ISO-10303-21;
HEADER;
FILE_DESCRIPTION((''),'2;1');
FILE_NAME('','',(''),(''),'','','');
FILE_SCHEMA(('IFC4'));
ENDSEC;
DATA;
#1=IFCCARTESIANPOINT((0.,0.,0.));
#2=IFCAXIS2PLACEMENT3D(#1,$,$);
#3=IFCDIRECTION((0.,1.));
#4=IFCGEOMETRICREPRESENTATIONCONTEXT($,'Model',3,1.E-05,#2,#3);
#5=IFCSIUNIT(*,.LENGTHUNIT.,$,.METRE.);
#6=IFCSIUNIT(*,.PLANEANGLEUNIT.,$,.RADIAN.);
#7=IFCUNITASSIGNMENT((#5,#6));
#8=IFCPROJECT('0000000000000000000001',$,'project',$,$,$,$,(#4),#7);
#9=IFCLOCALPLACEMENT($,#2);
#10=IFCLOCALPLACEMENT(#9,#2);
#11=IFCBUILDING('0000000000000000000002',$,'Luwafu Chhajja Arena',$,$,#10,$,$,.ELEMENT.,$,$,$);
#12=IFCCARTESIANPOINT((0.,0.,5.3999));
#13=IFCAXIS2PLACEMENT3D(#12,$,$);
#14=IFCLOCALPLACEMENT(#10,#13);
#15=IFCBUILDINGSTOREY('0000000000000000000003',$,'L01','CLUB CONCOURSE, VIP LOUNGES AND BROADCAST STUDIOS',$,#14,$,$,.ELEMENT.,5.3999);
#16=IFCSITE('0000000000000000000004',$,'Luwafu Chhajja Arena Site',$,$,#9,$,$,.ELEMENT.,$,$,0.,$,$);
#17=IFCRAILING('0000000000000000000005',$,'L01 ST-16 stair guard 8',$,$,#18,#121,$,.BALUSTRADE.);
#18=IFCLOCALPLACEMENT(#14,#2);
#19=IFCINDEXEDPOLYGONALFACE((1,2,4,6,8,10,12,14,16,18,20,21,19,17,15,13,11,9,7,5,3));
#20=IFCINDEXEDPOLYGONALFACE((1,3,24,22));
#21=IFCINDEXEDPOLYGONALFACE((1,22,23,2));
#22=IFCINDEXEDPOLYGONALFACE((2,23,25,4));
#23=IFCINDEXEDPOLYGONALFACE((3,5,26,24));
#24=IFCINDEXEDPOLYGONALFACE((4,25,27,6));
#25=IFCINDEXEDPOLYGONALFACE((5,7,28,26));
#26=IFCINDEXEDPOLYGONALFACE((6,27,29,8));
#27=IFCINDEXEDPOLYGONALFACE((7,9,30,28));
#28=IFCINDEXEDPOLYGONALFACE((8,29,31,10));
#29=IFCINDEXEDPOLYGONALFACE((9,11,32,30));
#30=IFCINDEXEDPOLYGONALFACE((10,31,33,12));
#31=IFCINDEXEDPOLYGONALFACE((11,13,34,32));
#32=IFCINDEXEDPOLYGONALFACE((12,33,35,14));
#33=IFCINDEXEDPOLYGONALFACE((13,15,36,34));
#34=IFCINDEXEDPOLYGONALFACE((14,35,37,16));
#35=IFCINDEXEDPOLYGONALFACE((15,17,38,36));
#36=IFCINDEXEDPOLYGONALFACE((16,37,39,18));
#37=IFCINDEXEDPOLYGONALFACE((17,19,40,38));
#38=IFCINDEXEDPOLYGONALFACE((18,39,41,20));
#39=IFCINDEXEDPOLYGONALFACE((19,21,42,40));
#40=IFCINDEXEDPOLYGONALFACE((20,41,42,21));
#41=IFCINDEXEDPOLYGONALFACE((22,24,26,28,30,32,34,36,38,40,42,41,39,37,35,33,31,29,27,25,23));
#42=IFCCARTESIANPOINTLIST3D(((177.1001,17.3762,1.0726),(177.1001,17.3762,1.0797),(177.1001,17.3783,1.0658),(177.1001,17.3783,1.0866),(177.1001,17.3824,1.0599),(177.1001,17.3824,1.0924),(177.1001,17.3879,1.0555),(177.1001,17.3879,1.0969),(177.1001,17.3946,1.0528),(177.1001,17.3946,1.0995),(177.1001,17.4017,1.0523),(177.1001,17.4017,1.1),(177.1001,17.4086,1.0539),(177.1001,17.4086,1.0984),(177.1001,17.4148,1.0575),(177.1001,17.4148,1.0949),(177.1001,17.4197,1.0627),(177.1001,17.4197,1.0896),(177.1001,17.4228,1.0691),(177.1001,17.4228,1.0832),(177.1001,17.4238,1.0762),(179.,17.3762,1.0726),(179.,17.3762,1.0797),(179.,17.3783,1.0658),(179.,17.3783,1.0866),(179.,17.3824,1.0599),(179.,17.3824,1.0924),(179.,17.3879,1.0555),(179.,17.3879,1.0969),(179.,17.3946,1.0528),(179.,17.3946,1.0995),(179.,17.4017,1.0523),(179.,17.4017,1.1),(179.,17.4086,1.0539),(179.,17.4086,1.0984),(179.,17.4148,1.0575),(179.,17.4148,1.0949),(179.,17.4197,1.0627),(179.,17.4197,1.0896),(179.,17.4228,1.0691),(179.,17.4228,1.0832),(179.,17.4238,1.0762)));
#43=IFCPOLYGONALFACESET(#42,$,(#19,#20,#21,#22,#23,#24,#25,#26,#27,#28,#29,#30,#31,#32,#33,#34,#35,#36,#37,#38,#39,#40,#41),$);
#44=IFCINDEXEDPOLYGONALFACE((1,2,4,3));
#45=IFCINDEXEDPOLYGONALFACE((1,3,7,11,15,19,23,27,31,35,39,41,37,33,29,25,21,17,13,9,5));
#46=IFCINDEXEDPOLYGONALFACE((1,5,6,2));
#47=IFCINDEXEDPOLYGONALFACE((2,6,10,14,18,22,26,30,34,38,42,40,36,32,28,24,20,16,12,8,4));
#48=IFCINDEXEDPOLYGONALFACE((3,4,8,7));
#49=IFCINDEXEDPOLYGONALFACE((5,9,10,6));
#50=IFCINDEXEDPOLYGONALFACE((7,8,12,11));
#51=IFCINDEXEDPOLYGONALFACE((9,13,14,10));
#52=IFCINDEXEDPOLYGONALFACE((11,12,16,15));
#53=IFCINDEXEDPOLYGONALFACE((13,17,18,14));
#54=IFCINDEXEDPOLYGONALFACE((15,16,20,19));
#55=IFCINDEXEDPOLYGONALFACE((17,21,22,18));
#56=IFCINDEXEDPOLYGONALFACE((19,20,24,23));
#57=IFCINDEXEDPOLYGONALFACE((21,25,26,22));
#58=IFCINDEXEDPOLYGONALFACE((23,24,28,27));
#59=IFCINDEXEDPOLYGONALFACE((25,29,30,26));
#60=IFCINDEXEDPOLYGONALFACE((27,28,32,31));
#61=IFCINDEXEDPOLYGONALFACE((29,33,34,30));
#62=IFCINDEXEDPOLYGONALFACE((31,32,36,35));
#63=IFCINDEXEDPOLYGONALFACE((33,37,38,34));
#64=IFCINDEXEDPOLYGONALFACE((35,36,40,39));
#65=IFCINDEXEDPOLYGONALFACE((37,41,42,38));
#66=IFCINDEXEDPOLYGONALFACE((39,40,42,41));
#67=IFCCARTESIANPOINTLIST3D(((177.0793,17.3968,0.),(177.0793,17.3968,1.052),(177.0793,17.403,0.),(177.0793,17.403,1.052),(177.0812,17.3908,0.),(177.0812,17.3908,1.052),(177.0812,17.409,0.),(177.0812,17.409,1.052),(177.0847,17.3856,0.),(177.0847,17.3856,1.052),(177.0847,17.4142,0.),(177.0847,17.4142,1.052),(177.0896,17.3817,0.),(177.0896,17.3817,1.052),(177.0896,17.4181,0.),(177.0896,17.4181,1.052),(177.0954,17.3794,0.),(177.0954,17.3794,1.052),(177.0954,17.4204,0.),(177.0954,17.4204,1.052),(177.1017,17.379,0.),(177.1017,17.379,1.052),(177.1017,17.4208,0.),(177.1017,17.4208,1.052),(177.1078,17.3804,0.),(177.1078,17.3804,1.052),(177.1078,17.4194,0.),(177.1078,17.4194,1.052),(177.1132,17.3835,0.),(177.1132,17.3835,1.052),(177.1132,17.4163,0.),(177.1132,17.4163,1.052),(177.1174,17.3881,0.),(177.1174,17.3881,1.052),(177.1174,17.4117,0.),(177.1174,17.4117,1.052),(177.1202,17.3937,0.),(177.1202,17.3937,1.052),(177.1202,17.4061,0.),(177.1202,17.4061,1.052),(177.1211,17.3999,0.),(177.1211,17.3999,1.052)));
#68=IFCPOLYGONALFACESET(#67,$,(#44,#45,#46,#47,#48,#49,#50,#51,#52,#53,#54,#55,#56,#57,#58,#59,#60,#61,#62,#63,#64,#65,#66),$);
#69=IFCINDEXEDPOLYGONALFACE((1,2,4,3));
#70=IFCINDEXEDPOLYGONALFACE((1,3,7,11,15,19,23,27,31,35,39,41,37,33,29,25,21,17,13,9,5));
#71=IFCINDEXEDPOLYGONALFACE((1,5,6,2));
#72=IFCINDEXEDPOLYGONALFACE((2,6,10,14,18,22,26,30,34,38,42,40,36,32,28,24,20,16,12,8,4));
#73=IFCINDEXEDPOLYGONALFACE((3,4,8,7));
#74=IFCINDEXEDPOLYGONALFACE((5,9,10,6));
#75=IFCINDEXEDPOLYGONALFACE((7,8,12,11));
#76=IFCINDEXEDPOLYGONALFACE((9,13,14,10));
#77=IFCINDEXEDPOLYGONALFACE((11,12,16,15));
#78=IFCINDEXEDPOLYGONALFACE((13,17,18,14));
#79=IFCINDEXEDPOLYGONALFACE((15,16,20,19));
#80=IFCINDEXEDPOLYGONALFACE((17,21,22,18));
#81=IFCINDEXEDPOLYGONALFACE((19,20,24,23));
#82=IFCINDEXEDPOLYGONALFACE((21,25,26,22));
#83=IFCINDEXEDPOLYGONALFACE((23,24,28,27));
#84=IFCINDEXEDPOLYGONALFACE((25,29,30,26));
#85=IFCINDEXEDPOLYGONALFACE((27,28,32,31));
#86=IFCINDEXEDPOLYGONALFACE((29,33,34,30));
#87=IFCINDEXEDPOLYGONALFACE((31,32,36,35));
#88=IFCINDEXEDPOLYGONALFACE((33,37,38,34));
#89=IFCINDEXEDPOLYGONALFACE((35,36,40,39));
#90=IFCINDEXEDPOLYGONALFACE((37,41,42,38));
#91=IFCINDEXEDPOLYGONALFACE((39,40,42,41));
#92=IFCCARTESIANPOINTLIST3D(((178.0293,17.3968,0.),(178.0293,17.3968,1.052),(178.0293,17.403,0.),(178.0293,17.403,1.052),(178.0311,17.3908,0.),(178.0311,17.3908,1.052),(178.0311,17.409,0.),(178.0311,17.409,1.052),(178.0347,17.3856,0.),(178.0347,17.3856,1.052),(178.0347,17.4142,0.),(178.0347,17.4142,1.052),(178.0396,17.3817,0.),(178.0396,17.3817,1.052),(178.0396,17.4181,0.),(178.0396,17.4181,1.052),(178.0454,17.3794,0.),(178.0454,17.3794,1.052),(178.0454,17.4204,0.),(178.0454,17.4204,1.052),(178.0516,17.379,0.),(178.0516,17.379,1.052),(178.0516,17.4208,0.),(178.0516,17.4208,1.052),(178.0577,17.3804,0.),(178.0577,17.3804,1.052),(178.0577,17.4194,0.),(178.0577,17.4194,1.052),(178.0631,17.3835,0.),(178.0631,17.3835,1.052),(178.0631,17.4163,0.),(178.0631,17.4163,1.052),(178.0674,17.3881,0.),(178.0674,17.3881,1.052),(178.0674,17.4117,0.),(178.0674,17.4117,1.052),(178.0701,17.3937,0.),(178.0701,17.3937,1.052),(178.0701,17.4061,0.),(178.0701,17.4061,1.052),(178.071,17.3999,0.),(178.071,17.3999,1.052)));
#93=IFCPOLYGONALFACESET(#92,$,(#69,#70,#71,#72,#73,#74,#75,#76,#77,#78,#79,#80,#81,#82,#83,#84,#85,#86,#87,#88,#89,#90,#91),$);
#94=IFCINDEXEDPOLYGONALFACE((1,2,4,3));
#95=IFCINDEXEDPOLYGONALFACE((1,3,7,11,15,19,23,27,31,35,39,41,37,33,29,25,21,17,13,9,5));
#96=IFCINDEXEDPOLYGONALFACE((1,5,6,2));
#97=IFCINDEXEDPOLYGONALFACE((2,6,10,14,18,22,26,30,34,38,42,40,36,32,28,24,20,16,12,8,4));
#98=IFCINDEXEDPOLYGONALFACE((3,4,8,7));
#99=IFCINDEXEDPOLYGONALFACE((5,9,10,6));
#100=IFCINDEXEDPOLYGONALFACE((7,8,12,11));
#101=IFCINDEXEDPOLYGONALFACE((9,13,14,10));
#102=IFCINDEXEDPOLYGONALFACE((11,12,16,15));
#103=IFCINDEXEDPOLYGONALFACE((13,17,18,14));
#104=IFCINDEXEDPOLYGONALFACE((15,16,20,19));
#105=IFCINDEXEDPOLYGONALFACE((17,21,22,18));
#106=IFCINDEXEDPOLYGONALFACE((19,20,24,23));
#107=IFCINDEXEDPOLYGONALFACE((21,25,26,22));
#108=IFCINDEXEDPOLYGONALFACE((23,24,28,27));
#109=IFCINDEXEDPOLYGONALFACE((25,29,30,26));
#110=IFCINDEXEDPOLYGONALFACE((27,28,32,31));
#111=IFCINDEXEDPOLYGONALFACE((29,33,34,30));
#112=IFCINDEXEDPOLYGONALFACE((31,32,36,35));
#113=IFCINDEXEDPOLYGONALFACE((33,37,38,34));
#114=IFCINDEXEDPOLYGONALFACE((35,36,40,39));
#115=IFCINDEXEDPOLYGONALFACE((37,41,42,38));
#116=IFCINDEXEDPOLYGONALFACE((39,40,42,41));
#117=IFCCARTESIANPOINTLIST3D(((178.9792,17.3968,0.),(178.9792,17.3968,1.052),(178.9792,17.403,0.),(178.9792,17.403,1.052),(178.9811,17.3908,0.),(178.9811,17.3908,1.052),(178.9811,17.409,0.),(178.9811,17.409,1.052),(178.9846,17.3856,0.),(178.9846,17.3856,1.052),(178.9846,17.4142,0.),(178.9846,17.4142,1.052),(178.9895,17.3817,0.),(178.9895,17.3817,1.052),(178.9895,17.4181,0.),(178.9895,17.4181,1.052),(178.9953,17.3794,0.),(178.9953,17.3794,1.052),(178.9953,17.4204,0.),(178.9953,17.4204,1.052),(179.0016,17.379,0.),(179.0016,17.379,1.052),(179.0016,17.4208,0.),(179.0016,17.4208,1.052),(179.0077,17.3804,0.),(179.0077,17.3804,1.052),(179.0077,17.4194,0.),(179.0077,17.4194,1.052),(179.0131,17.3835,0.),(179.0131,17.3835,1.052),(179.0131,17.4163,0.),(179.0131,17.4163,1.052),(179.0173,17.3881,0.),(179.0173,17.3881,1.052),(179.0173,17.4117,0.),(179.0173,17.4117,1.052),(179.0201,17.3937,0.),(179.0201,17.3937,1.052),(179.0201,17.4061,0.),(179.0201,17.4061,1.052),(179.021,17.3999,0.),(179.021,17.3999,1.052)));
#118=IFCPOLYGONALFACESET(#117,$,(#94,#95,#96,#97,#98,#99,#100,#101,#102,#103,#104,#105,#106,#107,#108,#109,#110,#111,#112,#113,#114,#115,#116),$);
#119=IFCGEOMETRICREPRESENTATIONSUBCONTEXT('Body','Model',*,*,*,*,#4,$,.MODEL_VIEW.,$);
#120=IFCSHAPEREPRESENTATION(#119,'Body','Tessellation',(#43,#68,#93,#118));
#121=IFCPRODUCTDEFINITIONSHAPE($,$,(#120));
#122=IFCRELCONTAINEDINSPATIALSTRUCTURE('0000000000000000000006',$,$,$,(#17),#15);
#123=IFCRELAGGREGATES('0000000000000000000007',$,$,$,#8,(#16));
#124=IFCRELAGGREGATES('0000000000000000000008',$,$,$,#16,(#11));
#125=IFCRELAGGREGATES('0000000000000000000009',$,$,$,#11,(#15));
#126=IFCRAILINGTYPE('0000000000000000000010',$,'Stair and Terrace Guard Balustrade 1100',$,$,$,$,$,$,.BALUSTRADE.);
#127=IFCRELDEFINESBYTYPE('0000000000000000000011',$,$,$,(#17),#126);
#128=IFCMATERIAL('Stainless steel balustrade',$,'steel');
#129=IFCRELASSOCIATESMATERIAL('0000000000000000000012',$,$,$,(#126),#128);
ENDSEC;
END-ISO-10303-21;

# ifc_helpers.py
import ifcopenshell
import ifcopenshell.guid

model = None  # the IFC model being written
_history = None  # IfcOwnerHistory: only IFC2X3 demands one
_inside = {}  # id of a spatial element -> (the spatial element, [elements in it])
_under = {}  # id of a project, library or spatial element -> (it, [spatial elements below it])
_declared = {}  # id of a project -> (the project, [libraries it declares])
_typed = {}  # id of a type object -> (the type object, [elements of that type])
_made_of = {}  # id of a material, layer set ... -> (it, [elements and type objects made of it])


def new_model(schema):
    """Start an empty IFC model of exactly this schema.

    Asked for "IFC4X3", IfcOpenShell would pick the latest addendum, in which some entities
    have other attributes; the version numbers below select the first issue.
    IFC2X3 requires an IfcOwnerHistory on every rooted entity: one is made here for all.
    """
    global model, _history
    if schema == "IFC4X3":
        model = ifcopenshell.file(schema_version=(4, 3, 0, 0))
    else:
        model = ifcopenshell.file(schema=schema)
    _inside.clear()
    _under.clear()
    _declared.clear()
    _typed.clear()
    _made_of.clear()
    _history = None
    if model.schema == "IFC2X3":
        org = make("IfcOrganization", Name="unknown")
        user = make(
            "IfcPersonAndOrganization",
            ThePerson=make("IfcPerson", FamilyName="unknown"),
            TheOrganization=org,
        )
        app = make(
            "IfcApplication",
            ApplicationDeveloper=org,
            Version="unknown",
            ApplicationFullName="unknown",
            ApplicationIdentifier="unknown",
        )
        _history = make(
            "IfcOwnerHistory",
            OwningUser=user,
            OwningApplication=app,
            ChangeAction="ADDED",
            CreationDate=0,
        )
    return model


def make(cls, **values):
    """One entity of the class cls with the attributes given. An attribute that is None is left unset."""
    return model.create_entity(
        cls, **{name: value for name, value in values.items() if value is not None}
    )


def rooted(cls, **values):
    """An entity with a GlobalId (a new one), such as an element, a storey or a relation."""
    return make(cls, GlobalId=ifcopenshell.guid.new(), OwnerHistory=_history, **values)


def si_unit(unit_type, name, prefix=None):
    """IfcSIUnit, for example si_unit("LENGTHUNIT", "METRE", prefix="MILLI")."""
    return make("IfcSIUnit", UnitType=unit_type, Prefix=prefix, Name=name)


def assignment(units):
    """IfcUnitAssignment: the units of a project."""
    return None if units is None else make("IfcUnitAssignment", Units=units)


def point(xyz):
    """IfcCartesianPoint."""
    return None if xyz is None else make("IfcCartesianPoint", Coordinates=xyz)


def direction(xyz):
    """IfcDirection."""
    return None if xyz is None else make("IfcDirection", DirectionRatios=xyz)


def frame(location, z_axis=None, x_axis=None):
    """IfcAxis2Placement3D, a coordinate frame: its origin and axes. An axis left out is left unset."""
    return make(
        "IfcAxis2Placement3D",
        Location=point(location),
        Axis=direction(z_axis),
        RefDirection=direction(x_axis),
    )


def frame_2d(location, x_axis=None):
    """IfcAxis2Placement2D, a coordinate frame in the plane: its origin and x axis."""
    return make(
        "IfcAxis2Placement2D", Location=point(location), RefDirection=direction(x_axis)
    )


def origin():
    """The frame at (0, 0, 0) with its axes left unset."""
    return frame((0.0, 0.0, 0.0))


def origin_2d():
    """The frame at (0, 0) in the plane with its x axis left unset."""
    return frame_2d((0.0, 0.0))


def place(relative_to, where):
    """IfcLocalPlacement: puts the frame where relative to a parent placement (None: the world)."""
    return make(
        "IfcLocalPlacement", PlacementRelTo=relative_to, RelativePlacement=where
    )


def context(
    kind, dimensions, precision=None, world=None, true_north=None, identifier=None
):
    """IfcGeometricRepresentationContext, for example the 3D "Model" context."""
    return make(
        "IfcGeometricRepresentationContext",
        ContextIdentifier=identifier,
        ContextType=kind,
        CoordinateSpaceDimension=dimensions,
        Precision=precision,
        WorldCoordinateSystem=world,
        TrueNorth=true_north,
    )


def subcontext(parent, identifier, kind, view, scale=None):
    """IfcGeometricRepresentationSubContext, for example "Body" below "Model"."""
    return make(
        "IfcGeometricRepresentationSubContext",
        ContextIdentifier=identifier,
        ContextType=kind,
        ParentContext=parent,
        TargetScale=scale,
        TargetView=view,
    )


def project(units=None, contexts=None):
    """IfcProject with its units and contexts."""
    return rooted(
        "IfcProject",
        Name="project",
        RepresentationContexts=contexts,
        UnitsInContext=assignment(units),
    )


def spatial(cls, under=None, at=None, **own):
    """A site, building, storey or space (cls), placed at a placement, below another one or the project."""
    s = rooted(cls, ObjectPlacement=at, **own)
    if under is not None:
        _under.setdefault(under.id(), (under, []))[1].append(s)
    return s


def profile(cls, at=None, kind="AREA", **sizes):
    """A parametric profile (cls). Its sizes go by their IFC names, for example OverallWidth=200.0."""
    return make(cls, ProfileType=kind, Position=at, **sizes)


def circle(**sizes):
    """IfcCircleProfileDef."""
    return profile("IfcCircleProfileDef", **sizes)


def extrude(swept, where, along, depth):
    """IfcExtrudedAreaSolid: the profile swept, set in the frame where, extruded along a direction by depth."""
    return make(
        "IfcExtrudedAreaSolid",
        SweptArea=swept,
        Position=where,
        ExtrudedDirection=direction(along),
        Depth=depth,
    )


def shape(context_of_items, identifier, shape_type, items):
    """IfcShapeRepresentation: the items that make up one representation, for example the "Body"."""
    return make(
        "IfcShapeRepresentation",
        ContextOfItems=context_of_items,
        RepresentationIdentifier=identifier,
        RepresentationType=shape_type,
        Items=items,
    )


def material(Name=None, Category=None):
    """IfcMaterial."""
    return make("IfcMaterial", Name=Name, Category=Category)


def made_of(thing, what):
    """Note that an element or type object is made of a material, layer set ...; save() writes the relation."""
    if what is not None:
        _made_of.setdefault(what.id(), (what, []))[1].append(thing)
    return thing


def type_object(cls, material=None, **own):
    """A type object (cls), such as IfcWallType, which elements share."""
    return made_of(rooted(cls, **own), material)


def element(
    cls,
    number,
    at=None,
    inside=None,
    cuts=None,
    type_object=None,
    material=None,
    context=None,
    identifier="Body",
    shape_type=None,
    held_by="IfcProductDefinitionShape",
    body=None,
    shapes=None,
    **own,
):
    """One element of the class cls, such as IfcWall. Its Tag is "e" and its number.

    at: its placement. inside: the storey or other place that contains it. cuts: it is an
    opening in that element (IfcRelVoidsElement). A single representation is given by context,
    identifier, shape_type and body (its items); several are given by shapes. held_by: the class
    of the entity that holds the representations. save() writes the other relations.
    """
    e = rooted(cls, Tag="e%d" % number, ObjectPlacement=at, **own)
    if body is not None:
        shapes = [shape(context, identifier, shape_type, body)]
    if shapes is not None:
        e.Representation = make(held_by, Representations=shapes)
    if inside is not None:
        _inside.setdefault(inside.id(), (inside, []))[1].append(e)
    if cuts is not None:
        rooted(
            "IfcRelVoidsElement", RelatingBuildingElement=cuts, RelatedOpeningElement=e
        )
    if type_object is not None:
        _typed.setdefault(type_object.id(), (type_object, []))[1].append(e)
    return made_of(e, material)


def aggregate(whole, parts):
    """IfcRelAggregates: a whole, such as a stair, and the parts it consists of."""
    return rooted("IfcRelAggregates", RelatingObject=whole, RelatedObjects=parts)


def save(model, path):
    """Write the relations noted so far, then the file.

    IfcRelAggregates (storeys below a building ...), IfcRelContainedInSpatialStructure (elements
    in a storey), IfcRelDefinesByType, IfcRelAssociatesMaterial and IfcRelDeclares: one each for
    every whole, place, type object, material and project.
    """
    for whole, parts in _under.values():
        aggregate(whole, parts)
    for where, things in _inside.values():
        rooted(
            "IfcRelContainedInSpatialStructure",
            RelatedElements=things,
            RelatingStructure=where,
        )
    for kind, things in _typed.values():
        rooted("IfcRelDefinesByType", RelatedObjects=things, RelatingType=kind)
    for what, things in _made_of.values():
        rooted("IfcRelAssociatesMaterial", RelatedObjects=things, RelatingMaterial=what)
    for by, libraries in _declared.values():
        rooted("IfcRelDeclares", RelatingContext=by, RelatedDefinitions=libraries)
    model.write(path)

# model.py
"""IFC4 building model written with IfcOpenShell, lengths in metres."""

from ifc_helpers import new_model, si_unit, direction, frame, origin, origin_2d, place, context, subcontext, project, spatial, circle, extrude, material, type_object, element, save


model = new_model("IFC4")

# Units and contexts
model_context = context("Model", 3, precision=1e-05, world=origin(), true_north=direction((0.0, 1.0)))
body_context = subcontext(model_context, "Body", "Model", "MODEL_VIEW")
ifc_project = project(units=[si_unit("LENGTHUNIT", "METRE"), si_unit("PLANEANGLEUNIT", "RADIAN")], contexts=[model_context])

# Site, building, storey
site_placement = place(None, origin())
site = spatial("IfcSite", under=ifc_project, at=site_placement, Name="Luwafu Chhajja Arena Site", CompositionType="ELEMENT", RefElevation=0.0)
building_placement = place(site_placement, origin())
building = spatial("IfcBuilding", under=site, at=building_placement, Name="Luwafu Chhajja Arena", CompositionType="ELEMENT")
storey_placement = place(building_placement, frame((0.0, 0.0, 5.3999)))
storey = spatial("IfcBuildingStorey", under=building, at=storey_placement, Name="L01", Description="CLUB CONCOURSE, VIP LOUNGES AND BROADCAST STUDIOS", CompositionType="ELEMENT", Elevation=5.3999)

# Railing
ifc_material_1 = material(Name="Stainless steel balustrade", Category="steel")
railing_type_1 = type_object("IfcRailingType", Name="Stair and Terrace Guard Balustrade 1100", PredefinedType="BALUSTRADE", material=ifc_material_1)
railing_1_placement = place(storey_placement, frame((177.1001, 17.3999, 0.0)))
element("IfcRailing", 1, at=railing_1_placement, inside=storey, type_object=railing_type_1, Name="L01 ST-16 stair guard 8", PredefinedType="BALUSTRADE", context=body_context, shape_type="SweptSolid", body=[
    extrude(circle(Radius=0.0239, at=origin_2d()), frame((0.0, 0.0, 1.0762), z_axis=(1.0, 0.0, 0.0), x_axis=(0.0, 1.0, 0.0)), (0.0, 0.0, 1.0), 1.8999),
    extrude(circle(Radius=0.021, at=origin_2d()), origin(), (0.0, 0.0, 1.0), 1.052),
    extrude(circle(Radius=0.021, at=origin_2d()), frame((0.95, 0.0, 0.0)), (0.0, 0.0, 1.0), 1.052),
    extrude(circle(Radius=0.021, at=origin_2d()), frame((1.8999, 0.0, 0.0)), (0.0, 0.0, 1.0), 1.052),
])

save(model, "model.ifc")
